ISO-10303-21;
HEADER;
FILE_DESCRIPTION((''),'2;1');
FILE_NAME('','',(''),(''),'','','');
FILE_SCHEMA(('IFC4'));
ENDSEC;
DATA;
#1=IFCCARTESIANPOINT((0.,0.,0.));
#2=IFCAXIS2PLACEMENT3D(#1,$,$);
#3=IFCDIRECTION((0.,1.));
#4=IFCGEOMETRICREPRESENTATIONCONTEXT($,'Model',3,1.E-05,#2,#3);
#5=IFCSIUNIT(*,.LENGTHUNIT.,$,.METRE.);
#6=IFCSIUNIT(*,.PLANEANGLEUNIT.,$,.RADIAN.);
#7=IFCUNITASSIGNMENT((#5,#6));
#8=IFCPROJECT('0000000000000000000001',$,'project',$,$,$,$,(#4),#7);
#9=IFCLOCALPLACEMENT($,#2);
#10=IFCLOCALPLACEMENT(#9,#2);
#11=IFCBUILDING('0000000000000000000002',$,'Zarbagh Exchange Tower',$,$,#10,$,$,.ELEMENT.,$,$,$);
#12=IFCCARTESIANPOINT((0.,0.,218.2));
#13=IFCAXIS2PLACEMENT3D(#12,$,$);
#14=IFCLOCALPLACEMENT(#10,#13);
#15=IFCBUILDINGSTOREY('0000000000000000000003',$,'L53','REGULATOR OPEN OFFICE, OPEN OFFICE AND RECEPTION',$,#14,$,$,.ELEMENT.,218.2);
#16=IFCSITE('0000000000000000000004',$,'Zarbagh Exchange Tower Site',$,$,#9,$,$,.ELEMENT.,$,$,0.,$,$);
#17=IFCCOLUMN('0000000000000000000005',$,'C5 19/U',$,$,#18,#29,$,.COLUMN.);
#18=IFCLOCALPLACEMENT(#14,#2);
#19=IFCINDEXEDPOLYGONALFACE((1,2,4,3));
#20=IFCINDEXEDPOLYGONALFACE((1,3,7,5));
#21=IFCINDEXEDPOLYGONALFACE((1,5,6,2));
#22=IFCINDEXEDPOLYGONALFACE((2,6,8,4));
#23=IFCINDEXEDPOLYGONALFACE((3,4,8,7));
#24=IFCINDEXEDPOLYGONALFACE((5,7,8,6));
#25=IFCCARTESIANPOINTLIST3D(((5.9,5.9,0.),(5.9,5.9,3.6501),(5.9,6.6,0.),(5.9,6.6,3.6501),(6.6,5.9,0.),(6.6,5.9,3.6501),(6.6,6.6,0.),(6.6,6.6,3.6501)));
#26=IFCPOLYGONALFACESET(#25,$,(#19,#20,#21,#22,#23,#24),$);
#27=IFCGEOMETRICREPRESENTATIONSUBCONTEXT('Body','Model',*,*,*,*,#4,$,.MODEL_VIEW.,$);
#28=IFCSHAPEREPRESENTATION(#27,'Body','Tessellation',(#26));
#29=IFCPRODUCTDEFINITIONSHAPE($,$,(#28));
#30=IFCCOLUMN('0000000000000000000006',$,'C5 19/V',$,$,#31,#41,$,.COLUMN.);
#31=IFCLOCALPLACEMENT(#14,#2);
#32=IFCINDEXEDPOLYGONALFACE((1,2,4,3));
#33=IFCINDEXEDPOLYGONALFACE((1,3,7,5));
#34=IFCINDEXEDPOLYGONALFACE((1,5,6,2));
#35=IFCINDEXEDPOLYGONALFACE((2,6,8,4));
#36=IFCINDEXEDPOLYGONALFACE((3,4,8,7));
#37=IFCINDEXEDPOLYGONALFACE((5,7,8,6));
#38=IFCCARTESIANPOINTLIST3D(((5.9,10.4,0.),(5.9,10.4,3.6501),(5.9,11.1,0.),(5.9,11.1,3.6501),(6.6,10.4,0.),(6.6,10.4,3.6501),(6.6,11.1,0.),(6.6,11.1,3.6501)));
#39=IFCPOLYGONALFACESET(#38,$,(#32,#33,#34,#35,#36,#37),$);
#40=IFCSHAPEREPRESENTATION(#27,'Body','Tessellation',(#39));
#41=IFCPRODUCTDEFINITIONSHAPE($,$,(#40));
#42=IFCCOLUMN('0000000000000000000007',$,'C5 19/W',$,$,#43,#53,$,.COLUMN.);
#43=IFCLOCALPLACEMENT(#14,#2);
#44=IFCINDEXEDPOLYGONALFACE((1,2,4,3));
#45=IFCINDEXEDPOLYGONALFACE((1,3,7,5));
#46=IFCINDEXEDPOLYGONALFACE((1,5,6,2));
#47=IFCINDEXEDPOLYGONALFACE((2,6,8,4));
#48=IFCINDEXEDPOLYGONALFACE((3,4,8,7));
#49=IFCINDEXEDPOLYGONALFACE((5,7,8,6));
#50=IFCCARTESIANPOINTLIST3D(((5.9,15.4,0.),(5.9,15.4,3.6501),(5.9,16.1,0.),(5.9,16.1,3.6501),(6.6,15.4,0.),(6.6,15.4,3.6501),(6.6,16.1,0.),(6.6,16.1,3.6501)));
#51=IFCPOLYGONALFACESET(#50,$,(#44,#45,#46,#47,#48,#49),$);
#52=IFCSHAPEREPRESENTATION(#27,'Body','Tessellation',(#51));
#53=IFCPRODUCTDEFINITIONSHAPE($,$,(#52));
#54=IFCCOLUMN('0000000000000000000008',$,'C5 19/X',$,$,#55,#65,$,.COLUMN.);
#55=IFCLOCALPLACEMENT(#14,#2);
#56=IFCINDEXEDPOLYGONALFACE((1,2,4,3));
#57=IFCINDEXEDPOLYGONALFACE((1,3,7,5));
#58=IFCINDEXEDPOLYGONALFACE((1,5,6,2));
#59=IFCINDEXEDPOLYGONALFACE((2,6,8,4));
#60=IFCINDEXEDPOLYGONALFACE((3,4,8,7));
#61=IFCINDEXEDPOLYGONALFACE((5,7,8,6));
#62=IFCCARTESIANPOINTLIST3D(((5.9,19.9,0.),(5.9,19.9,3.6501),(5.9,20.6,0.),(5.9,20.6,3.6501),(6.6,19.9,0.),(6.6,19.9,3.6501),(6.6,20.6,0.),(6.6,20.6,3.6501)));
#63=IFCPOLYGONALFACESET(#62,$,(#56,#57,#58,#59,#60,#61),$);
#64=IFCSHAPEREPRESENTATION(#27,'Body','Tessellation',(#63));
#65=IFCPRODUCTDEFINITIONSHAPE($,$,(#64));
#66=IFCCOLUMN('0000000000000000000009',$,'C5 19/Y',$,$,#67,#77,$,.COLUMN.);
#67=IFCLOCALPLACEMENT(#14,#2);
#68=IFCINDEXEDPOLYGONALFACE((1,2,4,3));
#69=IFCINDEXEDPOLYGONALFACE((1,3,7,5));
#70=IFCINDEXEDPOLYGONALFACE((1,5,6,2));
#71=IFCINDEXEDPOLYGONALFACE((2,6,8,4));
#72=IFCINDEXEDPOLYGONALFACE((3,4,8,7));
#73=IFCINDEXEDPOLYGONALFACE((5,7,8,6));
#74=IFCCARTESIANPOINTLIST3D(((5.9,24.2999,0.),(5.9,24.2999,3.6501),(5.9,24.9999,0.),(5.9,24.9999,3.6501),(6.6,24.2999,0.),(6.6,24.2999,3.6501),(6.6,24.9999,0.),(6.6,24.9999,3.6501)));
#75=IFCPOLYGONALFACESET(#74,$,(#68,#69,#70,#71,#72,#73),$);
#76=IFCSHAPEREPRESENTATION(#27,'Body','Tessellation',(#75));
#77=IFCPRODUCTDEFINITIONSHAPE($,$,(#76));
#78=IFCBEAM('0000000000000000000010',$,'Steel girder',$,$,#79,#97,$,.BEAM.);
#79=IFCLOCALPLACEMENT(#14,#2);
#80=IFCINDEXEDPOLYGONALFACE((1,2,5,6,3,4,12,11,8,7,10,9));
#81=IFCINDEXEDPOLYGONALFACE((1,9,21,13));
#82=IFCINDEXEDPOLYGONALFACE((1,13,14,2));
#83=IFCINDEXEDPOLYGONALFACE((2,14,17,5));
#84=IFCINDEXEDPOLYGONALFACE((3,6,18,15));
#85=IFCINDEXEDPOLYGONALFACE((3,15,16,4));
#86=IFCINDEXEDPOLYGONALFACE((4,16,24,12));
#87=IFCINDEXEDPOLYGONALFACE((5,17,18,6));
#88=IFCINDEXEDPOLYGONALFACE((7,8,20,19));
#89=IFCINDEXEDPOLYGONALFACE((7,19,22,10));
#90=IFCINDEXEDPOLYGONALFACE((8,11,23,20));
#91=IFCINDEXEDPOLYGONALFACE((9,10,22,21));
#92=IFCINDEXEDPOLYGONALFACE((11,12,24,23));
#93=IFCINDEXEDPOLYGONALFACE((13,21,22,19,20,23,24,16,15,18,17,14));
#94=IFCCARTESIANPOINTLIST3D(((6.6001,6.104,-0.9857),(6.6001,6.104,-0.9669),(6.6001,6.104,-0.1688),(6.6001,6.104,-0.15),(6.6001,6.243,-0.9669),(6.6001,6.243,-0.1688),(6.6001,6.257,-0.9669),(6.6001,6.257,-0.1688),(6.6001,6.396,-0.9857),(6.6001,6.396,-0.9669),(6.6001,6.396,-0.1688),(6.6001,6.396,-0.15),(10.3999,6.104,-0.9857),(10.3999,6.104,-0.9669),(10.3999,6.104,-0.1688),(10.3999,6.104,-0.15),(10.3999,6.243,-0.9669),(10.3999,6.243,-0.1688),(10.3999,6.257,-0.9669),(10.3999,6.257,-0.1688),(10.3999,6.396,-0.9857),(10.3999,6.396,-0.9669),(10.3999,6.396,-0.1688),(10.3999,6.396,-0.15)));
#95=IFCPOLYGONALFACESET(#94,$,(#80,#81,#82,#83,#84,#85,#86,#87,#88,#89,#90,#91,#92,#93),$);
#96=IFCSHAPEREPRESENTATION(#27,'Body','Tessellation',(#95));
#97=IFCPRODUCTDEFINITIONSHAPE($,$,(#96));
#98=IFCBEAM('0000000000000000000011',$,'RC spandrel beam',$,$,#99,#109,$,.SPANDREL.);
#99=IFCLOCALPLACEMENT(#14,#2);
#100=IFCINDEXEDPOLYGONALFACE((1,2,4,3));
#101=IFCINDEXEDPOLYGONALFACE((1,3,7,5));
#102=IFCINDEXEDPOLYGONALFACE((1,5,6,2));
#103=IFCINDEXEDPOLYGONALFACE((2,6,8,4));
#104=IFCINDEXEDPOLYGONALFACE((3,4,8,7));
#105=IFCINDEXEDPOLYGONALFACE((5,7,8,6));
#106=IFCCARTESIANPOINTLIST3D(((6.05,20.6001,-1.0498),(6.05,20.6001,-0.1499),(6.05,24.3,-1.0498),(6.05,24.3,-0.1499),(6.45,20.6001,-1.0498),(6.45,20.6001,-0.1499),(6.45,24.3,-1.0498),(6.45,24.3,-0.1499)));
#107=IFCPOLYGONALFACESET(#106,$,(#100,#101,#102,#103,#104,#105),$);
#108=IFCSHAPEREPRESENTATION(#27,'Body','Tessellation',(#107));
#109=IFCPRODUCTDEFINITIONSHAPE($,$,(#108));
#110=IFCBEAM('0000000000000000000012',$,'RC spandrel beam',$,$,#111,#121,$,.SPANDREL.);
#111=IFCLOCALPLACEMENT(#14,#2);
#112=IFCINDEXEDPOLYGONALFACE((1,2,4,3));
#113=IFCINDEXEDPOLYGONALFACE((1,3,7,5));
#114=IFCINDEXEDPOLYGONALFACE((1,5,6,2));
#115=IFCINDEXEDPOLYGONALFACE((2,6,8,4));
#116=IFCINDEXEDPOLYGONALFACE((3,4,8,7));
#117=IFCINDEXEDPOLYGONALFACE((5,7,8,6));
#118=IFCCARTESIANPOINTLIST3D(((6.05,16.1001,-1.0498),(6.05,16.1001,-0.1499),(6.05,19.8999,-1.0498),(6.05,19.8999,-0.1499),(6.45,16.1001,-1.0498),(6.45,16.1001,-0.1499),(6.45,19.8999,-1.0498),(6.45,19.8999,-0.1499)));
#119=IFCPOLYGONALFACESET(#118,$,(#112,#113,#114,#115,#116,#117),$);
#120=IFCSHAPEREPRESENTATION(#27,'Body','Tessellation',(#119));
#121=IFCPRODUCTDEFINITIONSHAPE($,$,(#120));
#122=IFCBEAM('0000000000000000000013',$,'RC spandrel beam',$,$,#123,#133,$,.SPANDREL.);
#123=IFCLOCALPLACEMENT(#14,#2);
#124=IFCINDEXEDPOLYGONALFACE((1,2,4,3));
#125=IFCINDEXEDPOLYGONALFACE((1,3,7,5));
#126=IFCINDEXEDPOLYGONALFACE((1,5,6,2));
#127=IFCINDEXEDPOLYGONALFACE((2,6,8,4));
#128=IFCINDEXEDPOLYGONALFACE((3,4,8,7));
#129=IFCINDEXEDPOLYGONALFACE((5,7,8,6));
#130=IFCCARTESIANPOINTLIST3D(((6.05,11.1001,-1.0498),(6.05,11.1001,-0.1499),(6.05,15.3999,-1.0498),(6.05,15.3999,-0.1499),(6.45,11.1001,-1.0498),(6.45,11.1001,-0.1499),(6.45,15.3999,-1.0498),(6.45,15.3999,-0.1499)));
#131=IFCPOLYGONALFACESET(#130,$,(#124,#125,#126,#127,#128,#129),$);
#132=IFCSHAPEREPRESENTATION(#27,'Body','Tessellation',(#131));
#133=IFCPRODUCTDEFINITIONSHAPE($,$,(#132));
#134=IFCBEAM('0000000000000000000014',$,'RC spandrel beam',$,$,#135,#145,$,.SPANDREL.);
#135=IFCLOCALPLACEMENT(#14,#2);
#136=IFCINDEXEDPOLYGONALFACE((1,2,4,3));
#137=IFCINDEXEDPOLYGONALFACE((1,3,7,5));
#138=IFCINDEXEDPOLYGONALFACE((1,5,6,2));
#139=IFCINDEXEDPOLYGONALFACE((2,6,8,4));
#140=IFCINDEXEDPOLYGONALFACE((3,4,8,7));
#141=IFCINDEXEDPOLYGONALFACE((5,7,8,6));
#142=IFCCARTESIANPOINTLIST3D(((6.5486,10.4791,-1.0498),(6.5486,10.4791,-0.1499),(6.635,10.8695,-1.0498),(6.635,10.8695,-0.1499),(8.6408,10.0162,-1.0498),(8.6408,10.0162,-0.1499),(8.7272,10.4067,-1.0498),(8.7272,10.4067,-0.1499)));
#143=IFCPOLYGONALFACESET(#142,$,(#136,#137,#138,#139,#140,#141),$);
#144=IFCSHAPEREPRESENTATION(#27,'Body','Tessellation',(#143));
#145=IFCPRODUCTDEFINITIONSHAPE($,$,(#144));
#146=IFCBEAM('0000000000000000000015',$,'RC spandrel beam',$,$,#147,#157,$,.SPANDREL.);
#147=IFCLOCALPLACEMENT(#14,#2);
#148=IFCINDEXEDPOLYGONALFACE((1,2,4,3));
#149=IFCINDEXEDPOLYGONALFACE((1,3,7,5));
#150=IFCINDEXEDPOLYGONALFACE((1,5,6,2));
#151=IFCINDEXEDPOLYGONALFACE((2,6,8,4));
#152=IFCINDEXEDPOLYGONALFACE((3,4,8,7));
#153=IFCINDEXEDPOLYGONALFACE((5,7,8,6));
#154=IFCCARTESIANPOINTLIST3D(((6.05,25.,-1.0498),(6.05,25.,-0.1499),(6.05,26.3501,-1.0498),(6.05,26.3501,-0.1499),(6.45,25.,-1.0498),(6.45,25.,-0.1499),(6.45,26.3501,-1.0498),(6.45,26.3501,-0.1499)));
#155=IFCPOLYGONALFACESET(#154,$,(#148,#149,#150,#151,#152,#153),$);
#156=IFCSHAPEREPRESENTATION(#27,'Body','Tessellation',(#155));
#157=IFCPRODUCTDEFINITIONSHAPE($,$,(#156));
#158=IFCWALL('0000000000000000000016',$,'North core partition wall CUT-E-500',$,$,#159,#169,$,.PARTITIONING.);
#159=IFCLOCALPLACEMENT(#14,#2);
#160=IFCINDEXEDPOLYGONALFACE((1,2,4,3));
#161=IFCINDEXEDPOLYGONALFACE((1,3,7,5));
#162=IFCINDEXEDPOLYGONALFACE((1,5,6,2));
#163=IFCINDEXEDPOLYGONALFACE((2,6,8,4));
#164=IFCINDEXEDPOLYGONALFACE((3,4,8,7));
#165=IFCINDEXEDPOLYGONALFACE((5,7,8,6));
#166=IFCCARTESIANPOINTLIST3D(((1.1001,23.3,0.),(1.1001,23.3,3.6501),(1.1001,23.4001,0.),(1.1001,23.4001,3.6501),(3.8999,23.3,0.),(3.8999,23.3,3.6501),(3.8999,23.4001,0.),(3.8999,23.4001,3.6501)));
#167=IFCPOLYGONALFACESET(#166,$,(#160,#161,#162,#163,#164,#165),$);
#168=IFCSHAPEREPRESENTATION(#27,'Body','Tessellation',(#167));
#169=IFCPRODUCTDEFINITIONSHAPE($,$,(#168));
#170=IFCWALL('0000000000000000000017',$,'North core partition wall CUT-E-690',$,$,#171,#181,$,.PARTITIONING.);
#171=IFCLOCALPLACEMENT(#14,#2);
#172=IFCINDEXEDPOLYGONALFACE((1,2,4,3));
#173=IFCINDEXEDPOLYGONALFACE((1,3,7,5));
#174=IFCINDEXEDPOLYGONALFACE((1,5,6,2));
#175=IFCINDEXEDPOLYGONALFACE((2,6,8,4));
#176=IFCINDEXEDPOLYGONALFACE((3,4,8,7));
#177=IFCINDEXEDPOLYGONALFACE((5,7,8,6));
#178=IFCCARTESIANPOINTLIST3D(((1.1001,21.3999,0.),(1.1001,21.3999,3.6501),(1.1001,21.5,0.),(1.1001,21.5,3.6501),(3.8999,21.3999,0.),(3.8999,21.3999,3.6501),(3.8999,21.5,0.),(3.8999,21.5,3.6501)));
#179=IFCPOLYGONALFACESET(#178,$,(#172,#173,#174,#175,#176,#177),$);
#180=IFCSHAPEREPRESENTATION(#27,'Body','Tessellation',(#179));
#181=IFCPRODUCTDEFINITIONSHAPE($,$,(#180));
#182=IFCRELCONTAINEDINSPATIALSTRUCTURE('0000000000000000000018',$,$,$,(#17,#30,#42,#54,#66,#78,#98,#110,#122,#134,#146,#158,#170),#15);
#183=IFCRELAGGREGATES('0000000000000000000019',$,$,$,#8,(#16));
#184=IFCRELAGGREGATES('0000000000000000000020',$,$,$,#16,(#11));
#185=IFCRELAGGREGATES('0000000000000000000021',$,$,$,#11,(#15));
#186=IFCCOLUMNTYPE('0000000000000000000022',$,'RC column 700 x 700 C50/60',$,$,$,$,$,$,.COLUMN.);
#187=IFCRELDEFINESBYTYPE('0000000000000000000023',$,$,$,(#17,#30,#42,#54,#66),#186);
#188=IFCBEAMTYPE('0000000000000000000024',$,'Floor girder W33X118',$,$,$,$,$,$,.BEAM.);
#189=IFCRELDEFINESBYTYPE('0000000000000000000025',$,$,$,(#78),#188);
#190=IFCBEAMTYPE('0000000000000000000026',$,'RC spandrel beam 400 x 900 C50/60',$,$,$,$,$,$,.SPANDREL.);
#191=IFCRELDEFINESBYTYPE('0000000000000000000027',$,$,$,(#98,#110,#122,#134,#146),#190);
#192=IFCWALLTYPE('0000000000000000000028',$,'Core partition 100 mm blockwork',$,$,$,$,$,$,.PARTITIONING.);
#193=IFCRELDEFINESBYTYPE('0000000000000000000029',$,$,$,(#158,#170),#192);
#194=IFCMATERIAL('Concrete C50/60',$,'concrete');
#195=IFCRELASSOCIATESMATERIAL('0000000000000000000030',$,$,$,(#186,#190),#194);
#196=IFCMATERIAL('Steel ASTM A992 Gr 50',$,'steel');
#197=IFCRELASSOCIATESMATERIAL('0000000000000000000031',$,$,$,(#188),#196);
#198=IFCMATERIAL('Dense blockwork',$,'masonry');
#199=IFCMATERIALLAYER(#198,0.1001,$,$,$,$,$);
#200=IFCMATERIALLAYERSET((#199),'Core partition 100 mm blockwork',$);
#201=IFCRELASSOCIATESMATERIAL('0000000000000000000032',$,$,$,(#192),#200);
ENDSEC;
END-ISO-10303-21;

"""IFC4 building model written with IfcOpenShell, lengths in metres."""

from ifc_helpers import new_model, si_unit, direction, frame, frame_2d, origin, origin_2d, place, context, subcontext, project, spatial, rectangle, i_section, extrude, material, layer, layer_set, material_profile, profile_set, type_object, element, save


model = new_model("IFC4")

# Units and contexts
model_context = context("Model", 3, precision=1e-05, world=origin(), true_north=direction((0.0, 1.0)))
body_context = subcontext(model_context, "Body", "Model", "MODEL_VIEW")
ifc_project = project(units=[si_unit("LENGTHUNIT", "METRE"), si_unit("PLANEANGLEUNIT", "RADIAN")], contexts=[model_context])

# Site, building, storey
site_placement = place(None, origin())
site = spatial("IfcSite", under=ifc_project, at=site_placement, Name="Zarbagh Exchange Tower Site", CompositionType="ELEMENT", RefElevation=0.0)
building_placement = place(site_placement, origin())
building = spatial("IfcBuilding", under=site, at=building_placement, Name="Zarbagh Exchange Tower", CompositionType="ELEMENT")
storey_placement = place(building_placement, frame((0.0, 0.0, 218.2)))
storey = spatial("IfcBuildingStorey", under=building, at=storey_placement, Name="L53", Description="REGULATOR OPEN OFFICE, OPEN OFFICE AND RECEPTION", CompositionType="ELEMENT", Elevation=218.2)

# Columns
ifc_material_1 = material(Name="Concrete C50/60", Category="concrete")
ifc_material_profile_1 = material_profile(ifc_material_1, rectangle(XDim=0.7, YDim=0.7, at=origin_2d()), Name="RC column 700 x 700 C50/60")
ifc_profile_set_1 = profile_set([ifc_material_profile_1], Name="Concrete C50/60")
column_type = type_object("IfcColumnType", Name="RC column 700 x 700 C50/60", PredefinedType="COLUMN", material=ifc_profile_set_1)
for number, where, z_axis, x_axis, name in (
    (1, (6.25, 6.25, 0.0), (0.0, 0.0, 1.0), (1.0, 0.0, 0.0), "C5 19/U"),
    (2, (6.25, 10.75, 0.0), (0.0, 0.0, 1.0), (1.0, 0.0, 0.0), "C5 19/V"),
    (3, (6.25, 15.75, 0.0), (0.0, 0.0, 1.0), (1.0, 0.0, 0.0), "C5 19/W"),
    (4, (6.25, 20.25, 0.0), (0.0, 0.0, 1.0), (1.0, 0.0, 0.0), "C5 19/X"),
    (5, (6.25, 24.6499, 0.0), (0.0, 0.0, 1.0), (1.0, 0.0, 0.0), "C5 19/Y"),
):
    element("IfcColumn", number, at=place(storey_placement, frame(where, z_axis=z_axis, x_axis=x_axis)), inside=storey, type_object=column_type, Name=name, PredefinedType="COLUMN", context=body_context, shape_type="SweptSolid", body=[
        extrude(rectangle(XDim=0.7, YDim=0.7, at=origin_2d()), origin(), (0.0, 0.0, 1.0), 3.6501),
    ])

# Beams
ifc_material_2 = material(Name="Steel ASTM A992 Gr 50", Category="steel")
ifc_material_profile_2 = material_profile(ifc_material_2, i_section(OverallWidth=0.292, OverallDepth=0.8357, WebThickness=0.0139, FlangeThickness=0.0188, at=origin_2d()), Name="W33X118")
ifc_profile_set_2 = profile_set([ifc_material_profile_2], Name="Steel ASTM A992 Gr 50")
beam_type_1 = type_object("IfcBeamType", Name="Floor girder W33X118", PredefinedType="BEAM", material=ifc_profile_set_2)
beam_1_placement = place(storey_placement, frame((6.6001, 6.25, -0.5679), z_axis=(1.0, 0.0, 0.0), x_axis=(0.0, 1.0, 0.0)))
element("IfcBeam", 6, at=beam_1_placement, inside=storey, type_object=beam_type_1, Name="Steel girder", PredefinedType="BEAM", context=body_context, shape_type="SweptSolid", body=[
    extrude(i_section(OverallWidth=0.292, OverallDepth=0.8357, WebThickness=0.0139, FlangeThickness=0.0188, at=origin_2d()), origin(), (0.0, 0.0, 1.0), 3.7998),
])
ifc_material_profile_3 = material_profile(ifc_material_1, rectangle(XDim=0.3999, YDim=0.8999, at=origin_2d()), Name="RC spandrel beam 400 x 900 C50/60")
ifc_profile_set_3 = profile_set([ifc_material_profile_3], Name="Concrete C50/60")
beam_type_2 = type_object("IfcBeamType", Name="RC spandrel beam 400 x 900 C50/60", PredefinedType="SPANDREL", material=ifc_profile_set_3)
beam_2_placement = place(storey_placement, frame((6.25, 24.3, -0.5999), z_axis=(0.0, -1.0, 0.0), x_axis=(1.0, 0.0, 0.0)))
element("IfcBeam", 7, at=beam_2_placement, inside=storey, type_object=beam_type_2, Name="RC spandrel beam", PredefinedType="SPANDREL", context=body_context, shape_type="SweptSolid", body=[
    extrude(rectangle(XDim=0.3999, YDim=0.8999, at=origin_2d()), origin(), (0.0, 0.0, 1.0), 3.7),
])
beam_3_placement = place(storey_placement, frame((6.25, 19.8999, -0.5999), z_axis=(0.0, -1.0, 0.0), x_axis=(1.0, 0.0, 0.0)))
element("IfcBeam", 8, at=beam_3_placement, inside=storey, type_object=beam_type_2, Name="RC spandrel beam", PredefinedType="SPANDREL", context=body_context, shape_type="SweptSolid", body=[
    extrude(rectangle(XDim=0.3999, YDim=0.8999, at=origin_2d()), origin(), (0.0, 0.0, 1.0), 3.7998),
])
beam_4_placement = place(storey_placement, frame((6.25, 15.3999, -0.5999), z_axis=(0.0, -1.0, 0.0), x_axis=(1.0, 0.0, 0.0)))
element("IfcBeam", 9, at=beam_4_placement, inside=storey, type_object=beam_type_2, Name="RC spandrel beam", PredefinedType="SPANDREL", context=body_context, shape_type="SweptSolid", body=[
    extrude(rectangle(XDim=0.3999, YDim=0.8999, at=origin_2d()), origin(), (0.0, 0.0, 1.0), 4.2998),
])
beam_5_placement = place(storey_placement, frame((6.5918, 10.6743, -0.5999), z_axis=(0.97639, -0.216014, 0.0), x_axis=(0.216014, 0.97639, 0.0)))
element("IfcBeam", 10, at=beam_5_placement, inside=storey, type_object=beam_type_2, Name="RC spandrel beam", PredefinedType="SPANDREL", context=body_context, shape_type="SweptSolid", body=[
    extrude(rectangle(XDim=0.3999, YDim=0.8999, at=origin_2d()), origin(), (0.0, 0.0, 1.0), 2.1428),
])
beam_6_placement = place(storey_placement, frame((6.25, 26.3501, -0.5999), z_axis=(0.0, -1.0, 0.0), x_axis=(1.0, 0.0, 0.0)))
element("IfcBeam", 11, at=beam_6_placement, inside=storey, type_object=beam_type_2, Name="RC spandrel beam", PredefinedType="SPANDREL", context=body_context, shape_type="SweptSolid", body=[
    extrude(rectangle(XDim=0.3999, YDim=0.8999, at=origin_2d()), origin(), (0.0, 0.0, 1.0), 1.3501),
])

# Walls
ifc_material_3 = material(Name="Dense blockwork", Category="masonry")
ifc_layer_1 = layer(ifc_material_3, 0.1001)
ifc_layer_set_1 = layer_set([ifc_layer_1], Name="Core partition 100 mm blockwork")
wall_type_1 = type_object("IfcWallType", Name="Core partition 100 mm blockwork", PredefinedType="PARTITIONING", material=ifc_layer_set_1)
for number, where, z_axis, x_axis, name in (
    (12, (1.1001, 23.3501, 0.0), (0.0, 0.0, 1.0), (1.0, 0.0, 0.0), "North core partition wall CUT-E-500"),
    (13, (1.1001, 21.45, 0.0), (0.0, 0.0, 1.0), (1.0, 0.0, 0.0), "North core partition wall CUT-E-690"),
):
    element("IfcWall", number, at=place(storey_placement, frame(where, z_axis=z_axis, x_axis=x_axis)), inside=storey, type_object=wall_type_1, Name=name, PredefinedType="PARTITIONING", context=body_context, shape_type="SweptSolid", body=[
        extrude(rectangle(XDim=2.7998, YDim=0.1001, at=frame_2d((1.3999, 0.0))), origin(), (0.0, 0.0, 1.0), 3.6501),
    ])

save(model, "model.ifc")
